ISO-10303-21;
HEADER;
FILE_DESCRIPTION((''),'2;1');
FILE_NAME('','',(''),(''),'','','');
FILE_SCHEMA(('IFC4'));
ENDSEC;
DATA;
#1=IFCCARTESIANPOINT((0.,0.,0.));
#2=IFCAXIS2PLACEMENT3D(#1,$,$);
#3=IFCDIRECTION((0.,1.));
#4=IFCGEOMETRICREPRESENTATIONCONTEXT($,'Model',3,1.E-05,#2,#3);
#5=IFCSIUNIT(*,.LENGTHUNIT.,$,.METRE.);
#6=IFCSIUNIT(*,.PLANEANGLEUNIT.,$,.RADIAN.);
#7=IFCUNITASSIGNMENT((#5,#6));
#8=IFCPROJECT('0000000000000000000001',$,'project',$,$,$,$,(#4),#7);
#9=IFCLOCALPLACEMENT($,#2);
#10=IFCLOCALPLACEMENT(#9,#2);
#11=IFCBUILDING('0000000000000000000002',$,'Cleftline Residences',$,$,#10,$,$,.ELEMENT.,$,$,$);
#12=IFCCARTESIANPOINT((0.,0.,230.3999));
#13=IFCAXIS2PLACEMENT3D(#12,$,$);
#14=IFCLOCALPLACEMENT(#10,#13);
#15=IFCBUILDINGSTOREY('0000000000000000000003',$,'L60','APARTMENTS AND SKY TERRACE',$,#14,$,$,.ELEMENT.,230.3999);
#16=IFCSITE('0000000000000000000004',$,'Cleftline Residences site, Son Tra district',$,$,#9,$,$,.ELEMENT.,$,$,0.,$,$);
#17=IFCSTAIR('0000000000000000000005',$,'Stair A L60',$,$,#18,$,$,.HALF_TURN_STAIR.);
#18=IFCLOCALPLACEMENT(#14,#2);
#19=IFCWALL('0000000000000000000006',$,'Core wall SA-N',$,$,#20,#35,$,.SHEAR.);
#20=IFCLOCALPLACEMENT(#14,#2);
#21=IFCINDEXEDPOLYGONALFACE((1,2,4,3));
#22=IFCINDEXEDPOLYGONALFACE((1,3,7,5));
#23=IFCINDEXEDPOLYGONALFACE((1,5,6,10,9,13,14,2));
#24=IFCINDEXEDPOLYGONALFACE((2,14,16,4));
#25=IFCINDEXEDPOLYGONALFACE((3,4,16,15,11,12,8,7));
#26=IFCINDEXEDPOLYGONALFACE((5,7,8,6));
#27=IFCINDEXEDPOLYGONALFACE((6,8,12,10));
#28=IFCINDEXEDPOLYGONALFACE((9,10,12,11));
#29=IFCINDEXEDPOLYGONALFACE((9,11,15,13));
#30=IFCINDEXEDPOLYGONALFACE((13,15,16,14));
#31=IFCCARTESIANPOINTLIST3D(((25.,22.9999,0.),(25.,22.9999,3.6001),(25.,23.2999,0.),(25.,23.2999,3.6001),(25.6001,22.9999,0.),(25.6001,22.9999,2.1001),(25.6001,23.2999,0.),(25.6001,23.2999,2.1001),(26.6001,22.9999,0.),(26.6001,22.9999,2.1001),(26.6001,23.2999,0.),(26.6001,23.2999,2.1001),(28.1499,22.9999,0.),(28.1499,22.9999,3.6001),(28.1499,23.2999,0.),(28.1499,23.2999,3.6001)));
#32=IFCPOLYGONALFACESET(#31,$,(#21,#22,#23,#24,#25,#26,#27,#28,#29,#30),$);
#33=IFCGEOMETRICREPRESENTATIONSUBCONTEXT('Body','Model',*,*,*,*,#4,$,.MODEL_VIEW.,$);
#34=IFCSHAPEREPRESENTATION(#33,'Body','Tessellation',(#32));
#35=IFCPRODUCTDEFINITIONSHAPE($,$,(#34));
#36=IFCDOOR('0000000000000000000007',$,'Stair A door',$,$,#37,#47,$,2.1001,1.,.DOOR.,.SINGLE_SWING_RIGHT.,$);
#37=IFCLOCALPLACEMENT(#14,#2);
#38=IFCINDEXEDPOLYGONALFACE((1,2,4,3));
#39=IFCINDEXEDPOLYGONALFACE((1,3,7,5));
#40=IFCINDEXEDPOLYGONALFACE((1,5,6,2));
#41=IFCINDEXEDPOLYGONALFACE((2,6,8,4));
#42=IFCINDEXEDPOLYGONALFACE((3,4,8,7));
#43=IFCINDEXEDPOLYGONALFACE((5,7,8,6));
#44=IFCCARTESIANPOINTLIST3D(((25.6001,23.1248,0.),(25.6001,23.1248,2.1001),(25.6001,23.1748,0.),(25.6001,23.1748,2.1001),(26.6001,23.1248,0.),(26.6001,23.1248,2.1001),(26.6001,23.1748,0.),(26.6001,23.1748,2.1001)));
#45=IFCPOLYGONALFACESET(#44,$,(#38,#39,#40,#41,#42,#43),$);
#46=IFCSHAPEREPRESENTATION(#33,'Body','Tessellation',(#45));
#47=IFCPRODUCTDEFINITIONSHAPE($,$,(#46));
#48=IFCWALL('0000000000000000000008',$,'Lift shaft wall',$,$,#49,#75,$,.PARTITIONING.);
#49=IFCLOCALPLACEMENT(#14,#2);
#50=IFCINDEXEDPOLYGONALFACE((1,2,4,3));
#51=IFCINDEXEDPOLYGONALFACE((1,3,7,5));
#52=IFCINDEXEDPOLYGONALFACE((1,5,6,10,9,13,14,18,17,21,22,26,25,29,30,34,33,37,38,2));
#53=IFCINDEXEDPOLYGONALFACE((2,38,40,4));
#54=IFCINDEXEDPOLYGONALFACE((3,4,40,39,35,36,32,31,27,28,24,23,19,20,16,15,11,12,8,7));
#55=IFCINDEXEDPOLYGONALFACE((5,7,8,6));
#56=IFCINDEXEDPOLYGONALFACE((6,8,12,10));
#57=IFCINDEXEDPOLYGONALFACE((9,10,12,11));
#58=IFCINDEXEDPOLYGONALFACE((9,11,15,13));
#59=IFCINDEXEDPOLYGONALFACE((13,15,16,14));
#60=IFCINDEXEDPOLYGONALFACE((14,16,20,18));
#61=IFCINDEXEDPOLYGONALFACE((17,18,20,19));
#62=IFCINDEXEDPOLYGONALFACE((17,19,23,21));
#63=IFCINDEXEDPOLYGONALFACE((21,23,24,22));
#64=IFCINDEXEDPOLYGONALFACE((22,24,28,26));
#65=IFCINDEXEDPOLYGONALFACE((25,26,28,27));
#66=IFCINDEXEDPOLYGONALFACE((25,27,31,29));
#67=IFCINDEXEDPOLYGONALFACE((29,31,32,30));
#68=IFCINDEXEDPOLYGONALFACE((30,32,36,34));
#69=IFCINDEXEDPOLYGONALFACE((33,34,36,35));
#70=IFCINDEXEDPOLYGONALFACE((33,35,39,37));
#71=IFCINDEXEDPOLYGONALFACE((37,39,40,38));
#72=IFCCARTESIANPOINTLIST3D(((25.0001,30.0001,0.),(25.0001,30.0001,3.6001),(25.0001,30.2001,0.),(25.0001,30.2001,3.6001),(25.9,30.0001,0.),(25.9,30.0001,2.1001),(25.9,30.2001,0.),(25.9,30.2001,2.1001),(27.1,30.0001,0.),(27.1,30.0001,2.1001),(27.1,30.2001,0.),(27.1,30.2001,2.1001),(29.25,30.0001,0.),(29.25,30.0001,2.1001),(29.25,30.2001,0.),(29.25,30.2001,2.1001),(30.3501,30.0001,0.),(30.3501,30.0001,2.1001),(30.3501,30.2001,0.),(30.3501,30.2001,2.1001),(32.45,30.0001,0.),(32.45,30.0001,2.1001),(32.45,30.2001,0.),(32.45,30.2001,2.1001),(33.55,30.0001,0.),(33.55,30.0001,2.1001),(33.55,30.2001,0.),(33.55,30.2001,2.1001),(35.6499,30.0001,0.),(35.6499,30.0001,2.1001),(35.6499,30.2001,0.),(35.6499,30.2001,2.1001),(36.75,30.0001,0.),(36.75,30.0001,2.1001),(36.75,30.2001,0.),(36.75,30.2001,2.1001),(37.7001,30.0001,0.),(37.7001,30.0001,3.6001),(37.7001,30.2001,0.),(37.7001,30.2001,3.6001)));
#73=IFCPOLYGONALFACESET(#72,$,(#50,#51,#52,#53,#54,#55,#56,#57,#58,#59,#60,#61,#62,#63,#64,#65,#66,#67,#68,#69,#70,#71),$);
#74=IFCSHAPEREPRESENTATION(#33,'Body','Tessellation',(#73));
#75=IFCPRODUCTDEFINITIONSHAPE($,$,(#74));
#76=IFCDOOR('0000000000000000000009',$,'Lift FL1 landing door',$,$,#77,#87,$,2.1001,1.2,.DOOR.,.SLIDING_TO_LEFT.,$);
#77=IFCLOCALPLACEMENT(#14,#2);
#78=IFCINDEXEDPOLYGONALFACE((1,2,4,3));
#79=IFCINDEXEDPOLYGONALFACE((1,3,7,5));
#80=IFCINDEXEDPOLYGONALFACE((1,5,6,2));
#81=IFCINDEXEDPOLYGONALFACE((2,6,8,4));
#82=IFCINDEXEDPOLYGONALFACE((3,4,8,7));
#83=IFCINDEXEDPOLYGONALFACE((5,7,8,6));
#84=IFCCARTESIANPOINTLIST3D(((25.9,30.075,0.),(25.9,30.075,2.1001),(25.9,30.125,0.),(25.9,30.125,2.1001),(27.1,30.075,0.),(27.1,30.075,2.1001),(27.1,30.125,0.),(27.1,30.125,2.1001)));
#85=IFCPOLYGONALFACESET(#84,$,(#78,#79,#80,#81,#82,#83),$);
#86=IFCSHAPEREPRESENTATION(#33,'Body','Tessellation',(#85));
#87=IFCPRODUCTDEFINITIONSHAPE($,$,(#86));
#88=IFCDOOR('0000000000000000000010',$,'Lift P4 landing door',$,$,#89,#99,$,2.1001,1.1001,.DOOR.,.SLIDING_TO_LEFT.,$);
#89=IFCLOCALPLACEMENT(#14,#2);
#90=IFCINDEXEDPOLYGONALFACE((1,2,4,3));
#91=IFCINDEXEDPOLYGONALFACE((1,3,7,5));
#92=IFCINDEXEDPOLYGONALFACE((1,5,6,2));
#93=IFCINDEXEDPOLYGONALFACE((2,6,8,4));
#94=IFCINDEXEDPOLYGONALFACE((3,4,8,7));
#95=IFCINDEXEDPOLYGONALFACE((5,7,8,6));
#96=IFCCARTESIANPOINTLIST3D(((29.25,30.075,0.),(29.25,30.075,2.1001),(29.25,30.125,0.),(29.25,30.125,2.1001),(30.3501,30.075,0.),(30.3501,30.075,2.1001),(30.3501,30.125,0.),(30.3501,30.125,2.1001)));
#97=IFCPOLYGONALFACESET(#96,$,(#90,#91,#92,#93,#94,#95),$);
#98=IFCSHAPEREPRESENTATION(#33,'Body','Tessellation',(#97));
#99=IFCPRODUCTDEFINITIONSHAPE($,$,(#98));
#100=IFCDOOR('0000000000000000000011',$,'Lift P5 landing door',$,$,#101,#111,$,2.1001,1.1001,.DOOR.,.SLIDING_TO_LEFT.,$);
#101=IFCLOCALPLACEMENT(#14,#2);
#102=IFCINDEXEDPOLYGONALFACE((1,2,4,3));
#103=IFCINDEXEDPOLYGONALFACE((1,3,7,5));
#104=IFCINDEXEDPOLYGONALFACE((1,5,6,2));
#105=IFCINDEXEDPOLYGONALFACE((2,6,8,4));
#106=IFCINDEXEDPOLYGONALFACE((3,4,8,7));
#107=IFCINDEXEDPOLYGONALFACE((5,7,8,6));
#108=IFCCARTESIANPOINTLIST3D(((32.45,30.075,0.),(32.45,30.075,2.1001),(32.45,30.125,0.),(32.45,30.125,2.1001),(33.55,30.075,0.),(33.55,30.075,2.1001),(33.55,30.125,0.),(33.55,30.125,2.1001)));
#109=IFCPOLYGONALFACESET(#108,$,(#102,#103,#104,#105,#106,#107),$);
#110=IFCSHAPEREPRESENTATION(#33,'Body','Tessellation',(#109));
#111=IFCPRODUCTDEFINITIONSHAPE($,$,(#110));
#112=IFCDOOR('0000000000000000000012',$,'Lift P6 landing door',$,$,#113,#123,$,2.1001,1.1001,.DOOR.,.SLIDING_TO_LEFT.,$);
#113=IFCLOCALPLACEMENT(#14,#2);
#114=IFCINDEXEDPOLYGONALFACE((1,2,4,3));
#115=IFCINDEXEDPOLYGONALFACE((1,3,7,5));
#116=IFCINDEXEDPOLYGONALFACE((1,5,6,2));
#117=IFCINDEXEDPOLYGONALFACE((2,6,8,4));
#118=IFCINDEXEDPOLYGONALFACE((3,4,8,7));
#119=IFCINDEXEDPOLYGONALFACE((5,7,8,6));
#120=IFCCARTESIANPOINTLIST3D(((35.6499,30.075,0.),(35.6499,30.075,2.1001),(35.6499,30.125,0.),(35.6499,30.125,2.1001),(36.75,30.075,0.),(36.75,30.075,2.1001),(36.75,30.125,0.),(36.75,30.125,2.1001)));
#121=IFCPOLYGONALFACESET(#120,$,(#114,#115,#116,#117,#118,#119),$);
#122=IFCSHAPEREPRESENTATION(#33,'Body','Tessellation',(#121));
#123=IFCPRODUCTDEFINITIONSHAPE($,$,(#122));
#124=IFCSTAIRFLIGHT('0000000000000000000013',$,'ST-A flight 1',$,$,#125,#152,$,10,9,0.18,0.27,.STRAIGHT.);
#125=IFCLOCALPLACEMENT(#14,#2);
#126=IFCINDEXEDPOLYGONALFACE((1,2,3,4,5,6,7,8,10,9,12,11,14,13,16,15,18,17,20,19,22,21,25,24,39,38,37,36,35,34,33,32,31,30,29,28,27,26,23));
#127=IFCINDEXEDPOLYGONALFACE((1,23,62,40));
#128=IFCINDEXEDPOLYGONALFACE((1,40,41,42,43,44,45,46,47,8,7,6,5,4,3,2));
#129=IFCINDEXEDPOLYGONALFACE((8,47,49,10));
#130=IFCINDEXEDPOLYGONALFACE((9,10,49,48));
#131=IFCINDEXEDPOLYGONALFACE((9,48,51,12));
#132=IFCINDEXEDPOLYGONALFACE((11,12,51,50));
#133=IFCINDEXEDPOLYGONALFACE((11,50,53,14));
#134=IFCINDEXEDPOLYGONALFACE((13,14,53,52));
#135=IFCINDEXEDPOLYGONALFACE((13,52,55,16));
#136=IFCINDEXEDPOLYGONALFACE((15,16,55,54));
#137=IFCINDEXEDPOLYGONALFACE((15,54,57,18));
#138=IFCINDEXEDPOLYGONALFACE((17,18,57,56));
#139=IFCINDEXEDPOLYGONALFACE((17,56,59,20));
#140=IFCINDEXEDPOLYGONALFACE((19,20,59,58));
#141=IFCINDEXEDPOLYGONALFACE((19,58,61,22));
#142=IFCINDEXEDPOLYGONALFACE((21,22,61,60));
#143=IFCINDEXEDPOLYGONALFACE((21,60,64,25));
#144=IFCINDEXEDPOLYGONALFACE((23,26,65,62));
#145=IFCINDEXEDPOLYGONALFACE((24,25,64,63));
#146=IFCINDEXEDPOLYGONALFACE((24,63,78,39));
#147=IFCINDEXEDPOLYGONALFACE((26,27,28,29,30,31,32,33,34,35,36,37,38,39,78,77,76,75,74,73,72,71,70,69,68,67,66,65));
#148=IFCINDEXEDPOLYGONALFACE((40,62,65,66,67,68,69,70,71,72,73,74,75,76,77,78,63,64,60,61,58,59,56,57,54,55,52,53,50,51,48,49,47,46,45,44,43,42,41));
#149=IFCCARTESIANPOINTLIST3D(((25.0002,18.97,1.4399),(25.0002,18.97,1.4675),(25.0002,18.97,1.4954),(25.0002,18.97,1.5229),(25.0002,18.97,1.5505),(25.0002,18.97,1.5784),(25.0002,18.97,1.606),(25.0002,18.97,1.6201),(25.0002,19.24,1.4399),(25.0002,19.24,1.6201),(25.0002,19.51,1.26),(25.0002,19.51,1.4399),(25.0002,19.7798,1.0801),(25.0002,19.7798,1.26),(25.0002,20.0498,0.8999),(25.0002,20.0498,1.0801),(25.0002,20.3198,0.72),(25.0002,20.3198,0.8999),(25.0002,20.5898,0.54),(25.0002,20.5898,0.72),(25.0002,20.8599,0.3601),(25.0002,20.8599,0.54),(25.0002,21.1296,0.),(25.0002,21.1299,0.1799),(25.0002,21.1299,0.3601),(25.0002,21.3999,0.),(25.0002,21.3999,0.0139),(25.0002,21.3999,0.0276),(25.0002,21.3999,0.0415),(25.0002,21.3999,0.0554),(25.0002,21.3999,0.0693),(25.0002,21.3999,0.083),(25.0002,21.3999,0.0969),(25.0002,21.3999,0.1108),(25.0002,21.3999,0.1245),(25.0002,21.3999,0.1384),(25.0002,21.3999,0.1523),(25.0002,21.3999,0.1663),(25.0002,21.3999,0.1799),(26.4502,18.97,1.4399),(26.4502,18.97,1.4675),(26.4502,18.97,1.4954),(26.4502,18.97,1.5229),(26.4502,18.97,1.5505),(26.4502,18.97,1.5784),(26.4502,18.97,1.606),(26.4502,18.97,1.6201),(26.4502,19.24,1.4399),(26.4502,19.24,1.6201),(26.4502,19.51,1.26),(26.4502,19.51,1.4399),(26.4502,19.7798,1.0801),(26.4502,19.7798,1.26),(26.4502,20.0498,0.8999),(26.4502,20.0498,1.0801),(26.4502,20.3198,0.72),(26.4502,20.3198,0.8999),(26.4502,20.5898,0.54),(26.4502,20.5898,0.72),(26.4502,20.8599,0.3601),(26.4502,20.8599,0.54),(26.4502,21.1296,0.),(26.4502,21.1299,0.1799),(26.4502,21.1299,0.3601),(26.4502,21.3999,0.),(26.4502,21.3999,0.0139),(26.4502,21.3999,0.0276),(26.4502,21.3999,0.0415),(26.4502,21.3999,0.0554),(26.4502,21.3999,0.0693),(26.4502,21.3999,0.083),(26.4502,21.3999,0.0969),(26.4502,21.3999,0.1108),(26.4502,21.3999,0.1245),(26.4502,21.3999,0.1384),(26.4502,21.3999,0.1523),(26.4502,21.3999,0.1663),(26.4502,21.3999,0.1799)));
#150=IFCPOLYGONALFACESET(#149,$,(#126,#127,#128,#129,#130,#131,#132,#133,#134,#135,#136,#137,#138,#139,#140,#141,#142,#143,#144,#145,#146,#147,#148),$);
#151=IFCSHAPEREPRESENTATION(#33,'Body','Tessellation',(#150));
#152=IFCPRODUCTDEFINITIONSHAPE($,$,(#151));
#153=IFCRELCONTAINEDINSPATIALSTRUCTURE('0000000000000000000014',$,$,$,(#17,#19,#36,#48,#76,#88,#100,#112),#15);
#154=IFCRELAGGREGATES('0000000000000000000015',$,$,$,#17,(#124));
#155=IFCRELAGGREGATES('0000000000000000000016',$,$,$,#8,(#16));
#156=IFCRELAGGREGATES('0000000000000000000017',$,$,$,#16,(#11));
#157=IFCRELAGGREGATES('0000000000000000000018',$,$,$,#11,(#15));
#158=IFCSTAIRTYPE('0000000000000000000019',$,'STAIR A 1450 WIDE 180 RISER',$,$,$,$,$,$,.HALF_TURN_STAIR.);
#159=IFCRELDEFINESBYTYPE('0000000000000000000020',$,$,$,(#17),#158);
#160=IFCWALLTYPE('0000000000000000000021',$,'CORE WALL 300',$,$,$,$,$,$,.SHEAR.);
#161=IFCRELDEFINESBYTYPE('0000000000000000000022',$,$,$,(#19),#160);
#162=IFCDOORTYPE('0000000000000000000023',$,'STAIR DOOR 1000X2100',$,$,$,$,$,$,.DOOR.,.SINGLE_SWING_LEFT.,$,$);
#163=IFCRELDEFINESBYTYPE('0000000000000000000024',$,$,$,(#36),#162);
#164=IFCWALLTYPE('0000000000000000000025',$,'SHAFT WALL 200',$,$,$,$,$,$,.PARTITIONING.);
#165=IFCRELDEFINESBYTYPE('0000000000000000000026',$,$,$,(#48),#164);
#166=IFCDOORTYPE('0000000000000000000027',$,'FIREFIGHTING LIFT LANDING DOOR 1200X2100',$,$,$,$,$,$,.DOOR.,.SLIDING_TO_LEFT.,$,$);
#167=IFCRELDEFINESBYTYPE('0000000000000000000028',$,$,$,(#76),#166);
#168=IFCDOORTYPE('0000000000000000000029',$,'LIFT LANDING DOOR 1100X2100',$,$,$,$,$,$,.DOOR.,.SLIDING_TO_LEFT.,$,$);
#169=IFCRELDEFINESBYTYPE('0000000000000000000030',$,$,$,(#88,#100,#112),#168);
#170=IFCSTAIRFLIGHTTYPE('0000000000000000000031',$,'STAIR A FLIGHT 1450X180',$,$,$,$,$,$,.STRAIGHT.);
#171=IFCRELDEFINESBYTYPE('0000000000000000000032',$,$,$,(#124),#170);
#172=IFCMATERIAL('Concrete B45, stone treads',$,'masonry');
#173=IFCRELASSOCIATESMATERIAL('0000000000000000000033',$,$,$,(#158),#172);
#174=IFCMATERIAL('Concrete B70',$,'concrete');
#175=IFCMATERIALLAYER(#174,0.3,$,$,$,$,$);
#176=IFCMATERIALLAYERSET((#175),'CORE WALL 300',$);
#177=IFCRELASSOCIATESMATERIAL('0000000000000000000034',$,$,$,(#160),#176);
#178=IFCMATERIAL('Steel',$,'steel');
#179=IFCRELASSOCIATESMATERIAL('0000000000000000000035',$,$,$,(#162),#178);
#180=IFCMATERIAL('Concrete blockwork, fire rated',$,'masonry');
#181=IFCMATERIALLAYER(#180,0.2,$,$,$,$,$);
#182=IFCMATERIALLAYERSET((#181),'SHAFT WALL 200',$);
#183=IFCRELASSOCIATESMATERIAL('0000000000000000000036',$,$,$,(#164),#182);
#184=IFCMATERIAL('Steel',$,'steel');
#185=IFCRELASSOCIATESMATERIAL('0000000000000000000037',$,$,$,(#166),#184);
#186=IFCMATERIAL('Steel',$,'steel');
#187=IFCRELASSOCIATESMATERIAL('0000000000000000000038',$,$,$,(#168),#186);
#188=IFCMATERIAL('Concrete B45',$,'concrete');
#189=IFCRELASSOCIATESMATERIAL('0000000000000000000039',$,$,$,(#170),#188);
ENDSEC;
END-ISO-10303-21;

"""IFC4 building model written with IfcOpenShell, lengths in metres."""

from ifc_helpers import new_model, si_unit, direction, frame, frame_2d, origin, place, context, subcontext, project, spatial, polyline, rectangle, outline, extrude, material, layer, layer_set, type_object, element, fill, aggregate, save


model = new_model("IFC4")

# Units and contexts
model_context = context("Model", 3, precision=1e-05, world=origin(), true_north=direction((0.0, 1.0)))
body_context = subcontext(model_context, "Body", "Model", "MODEL_VIEW")
ifc_project = project(units=[si_unit("LENGTHUNIT", "METRE"), si_unit("PLANEANGLEUNIT", "RADIAN")], contexts=[model_context])

# Site, building, storey
site_placement = place(None, origin())
site = spatial("IfcSite", under=ifc_project, at=site_placement, Name="Cleftline Residences site, Son Tra district", CompositionType="ELEMENT", RefElevation=0.0)
building_placement = place(site_placement, origin())
building = spatial("IfcBuilding", under=site, at=building_placement, Name="Cleftline Residences", CompositionType="ELEMENT")
storey_placement = place(building_placement, frame((0.0, 0.0, 230.3999)))
storey = spatial("IfcBuildingStorey", under=building, at=storey_placement, Name="L60", Description="APARTMENTS AND SKY TERRACE", CompositionType="ELEMENT", Elevation=230.3999)

# Stair
ifc_material_1 = material(Name="Concrete B45, stone treads", Category="masonry")
stair_type_1 = type_object("IfcStairType", Name="STAIR A 1450 WIDE 180 RISER", PredefinedType="HALF_TURN_STAIR", material=ifc_material_1)
stair_1_placement = place(storey_placement, origin())
stair_1 = element("IfcStair", 1, at=stair_1_placement, inside=storey, type_object=stair_type_1, Name="Stair A L60", PredefinedType="HALF_TURN_STAIR")

# Wall, opening, door
ifc_material_2 = material(Name="Concrete B70", Category="concrete")
ifc_layer_1 = layer(ifc_material_2, 0.3)
ifc_layer_set_1 = layer_set([ifc_layer_1], Name="CORE WALL 300")
wall_type_1 = type_object("IfcWallType", Name="CORE WALL 300", PredefinedType="SHEAR", material=ifc_layer_set_1)
wall_1_placement = place(storey_placement, frame((25.0, 23.1499, 0.0), z_axis=(0.0, 0.0, 1.0), x_axis=(1.0, 0.0, 0.0)))
wall_1 = element("IfcWall", 2, at=wall_1_placement, inside=storey, type_object=wall_type_1, Name="Core wall SA-N", PredefinedType="SHEAR", context=body_context, shape_type="SweptSolid", body=[
    extrude(rectangle(XDim=3.1499, YDim=0.3, at=frame_2d((1.575, 0.0))), origin(), (0.0, 0.0, 1.0), 3.6001),
])
opening_1_placement = place(wall_1_placement, frame((0.6001, 0.0, 0.0)))
opening_1 = element("IfcOpeningElement", 3, at=opening_1_placement, cuts=wall_1, PredefinedType="OPENING", context=body_context, shape_type="SweptSolid", body=[
    extrude(rectangle(XDim=1.0, YDim=2.1001, at=frame_2d((0.5, 1.05))), frame((0.0, 0.1599, 0.0), z_axis=(0.0, -1.0, 0.0), x_axis=(1.0, 0.0, 0.0)), (0.0, 0.0, 1.0), 0.3201),
])
ifc_material_3 = material(Name="Steel", Category="steel")
door_type_1 = type_object("IfcDoorType", Name="STAIR DOOR 1000X2100", OperationType="SINGLE_SWING_LEFT", PredefinedType="DOOR", material=ifc_material_3)
door_1_placement = place(opening_1_placement, origin())
door_1 = element("IfcDoor", 4, at=door_1_placement, inside=storey, type_object=door_type_1, Name="Stair A door", OperationType="SINGLE_SWING_RIGHT", OverallHeight=2.1001, OverallWidth=1.0, PredefinedType="DOOR", context=body_context, shape_type="SweptSolid", body=[
    extrude(rectangle(XDim=1.0, YDim=2.1001, at=frame_2d((0.5, 1.05))), frame((0.0, 0.0249, 0.0), z_axis=(0.0, -1.0, 0.0), x_axis=(1.0, 0.0, 0.0)), (0.0, 0.0, 1.0), 0.05),
])
fill(opening_1, door_1)

# Wall, openings, doors
ifc_material_4 = material(Name="Concrete blockwork, fire rated", Category="masonry")
ifc_layer_2 = layer(ifc_material_4, 0.2)
ifc_layer_set_2 = layer_set([ifc_layer_2], Name="SHAFT WALL 200")
wall_type_2 = type_object("IfcWallType", Name="SHAFT WALL 200", PredefinedType="PARTITIONING", material=ifc_layer_set_2)
wall_2_placement = place(storey_placement, frame((25.0, 30.1001, 0.0), z_axis=(0.0, 0.0, 1.0), x_axis=(1.0, 0.0, 0.0)))
wall_2 = element("IfcWall", 5, at=wall_2_placement, inside=storey, type_object=wall_type_2, Name="Lift shaft wall", PredefinedType="PARTITIONING", context=body_context, shape_type="SweptSolid", body=[
    extrude(rectangle(XDim=12.7, YDim=0.2, at=frame_2d((6.3501, 0.0))), origin(), (0.0, 0.0, 1.0), 3.6001),
])
opening_2_placement = place(wall_2_placement, frame((4.25, 0.0, 0.0)))
opening_2 = element("IfcOpeningElement", 6, at=opening_2_placement, cuts=wall_2, PredefinedType="OPENING", context=body_context, shape_type="SweptSolid", body=[
    extrude(rectangle(XDim=1.1001, YDim=2.1001, at=frame_2d((0.55, 1.05))), frame((0.0, 0.1099, 0.0), z_axis=(0.0, -1.0, 0.0), x_axis=(1.0, 0.0, 0.0)), (0.0, 0.0, 1.0), 0.22),
])
opening_3_placement = place(wall_2_placement, frame((7.45, 0.0, 0.0)))
opening_3 = element("IfcOpeningElement", 7, at=opening_3_placement, cuts=wall_2, PredefinedType="OPENING", context=body_context, shape_type="SweptSolid", body=[
    extrude(rectangle(XDim=1.1001, YDim=2.1001, at=frame_2d((0.55, 1.05))), frame((0.0, 0.1099, 0.0), z_axis=(0.0, -1.0, 0.0), x_axis=(1.0, 0.0, 0.0)), (0.0, 0.0, 1.0), 0.22),
])
opening_4_placement = place(wall_2_placement, frame((10.6499, 0.0, 0.0)))
opening_4 = element("IfcOpeningElement", 8, at=opening_4_placement, cuts=wall_2, PredefinedType="OPENING", context=body_context, shape_type="SweptSolid", body=[
    extrude(rectangle(XDim=1.1001, YDim=2.1001, at=frame_2d((0.55, 1.05))), frame((0.0, 0.1099, 0.0), z_axis=(0.0, -1.0, 0.0), x_axis=(1.0, 0.0, 0.0)), (0.0, 0.0, 1.0), 0.22),
])
opening_5_placement = place(wall_2_placement, frame((0.8999, 0.0, 0.0)))
opening_5 = element("IfcOpeningElement", 9, at=opening_5_placement, cuts=wall_2, PredefinedType="OPENING", context=body_context, shape_type="SweptSolid", body=[
    extrude(rectangle(XDim=1.2, YDim=2.1001, at=frame_2d((0.6001, 1.05))), frame((0.0, 0.1099, 0.0), z_axis=(0.0, -1.0, 0.0), x_axis=(1.0, 0.0, 0.0)), (0.0, 0.0, 1.0), 0.22),
])
ifc_material_5 = material(Name="Steel", Category="steel")
door_type_2 = type_object("IfcDoorType", Name="FIREFIGHTING LIFT LANDING DOOR 1200X2100", OperationType="SLIDING_TO_LEFT", PredefinedType="DOOR", material=ifc_material_5)
door_2_placement = place(opening_5_placement, origin())
door_2 = element("IfcDoor", 10, at=door_2_placement, inside=storey, type_object=door_type_2, Name="Lift FL1 landing door", OperationType="SLIDING_TO_LEFT", OverallHeight=2.1001, OverallWidth=1.2, PredefinedType="DOOR", context=body_context, shape_type="SweptSolid", body=[
    extrude(rectangle(XDim=1.2, YDim=2.1001, at=frame_2d((0.6001, 1.05))), frame((0.0, 0.0249, 0.0), z_axis=(0.0, -1.0, 0.0), x_axis=(1.0, 0.0, 0.0)), (0.0, 0.0, 1.0), 0.05),
])
fill(opening_5, door_2)
ifc_material_6 = material(Name="Steel", Category="steel")
door_type_3 = type_object("IfcDoorType", Name="LIFT LANDING DOOR 1100X2100", OperationType="SLIDING_TO_LEFT", PredefinedType="DOOR", material=ifc_material_6)
door_3_placement = place(opening_2_placement, origin())
door_3 = element("IfcDoor", 11, at=door_3_placement, inside=storey, type_object=door_type_3, Name="Lift P4 landing door", OperationType="SLIDING_TO_LEFT", OverallHeight=2.1001, OverallWidth=1.1001, PredefinedType="DOOR", context=body_context, shape_type="SweptSolid", body=[
    extrude(rectangle(XDim=1.1001, YDim=2.1001, at=frame_2d((0.55, 1.05))), frame((0.0, 0.0249, 0.0), z_axis=(0.0, -1.0, 0.0), x_axis=(1.0, 0.0, 0.0)), (0.0, 0.0, 1.0), 0.05),
])
fill(opening_2, door_3)
door_4_placement = place(opening_3_placement, origin())
door_4 = element("IfcDoor", 12, at=door_4_placement, inside=storey, type_object=door_type_3, Name="Lift P5 landing door", OperationType="SLIDING_TO_LEFT", OverallHeight=2.1001, OverallWidth=1.1001, PredefinedType="DOOR", context=body_context, shape_type="SweptSolid", body=[
    extrude(rectangle(XDim=1.1001, YDim=2.1001, at=frame_2d((0.55, 1.05))), frame((0.0, 0.0249, 0.0), z_axis=(0.0, -1.0, 0.0), x_axis=(1.0, 0.0, 0.0)), (0.0, 0.0, 1.0), 0.05),
])
fill(opening_3, door_4)
door_5_placement = place(opening_4_placement, origin())
door_5 = element("IfcDoor", 13, at=door_5_placement, inside=storey, type_object=door_type_3, Name="Lift P6 landing door", OperationType="SLIDING_TO_LEFT", OverallHeight=2.1001, OverallWidth=1.1001, PredefinedType="DOOR", context=body_context, shape_type="SweptSolid", body=[
    extrude(rectangle(XDim=1.1001, YDim=2.1001, at=frame_2d((0.55, 1.05))), frame((0.0, 0.0249, 0.0), z_axis=(0.0, -1.0, 0.0), x_axis=(1.0, 0.0, 0.0)), (0.0, 0.0, 1.0), 0.05),
])
fill(opening_4, door_5)

# Stair flight
ifc_material_7 = material(Name="Concrete B45", Category="concrete")
stair_flight_type = type_object("IfcStairFlightType", Name="STAIR A FLIGHT 1450X180", PredefinedType="STRAIGHT", material=ifc_material_7)
stair_flight_1_placement = place(storey_placement, frame((25.7251, 21.3999, 0.0), z_axis=(0.0, 0.0, 1.0), x_axis=(0.0, -1.0, 0.0)))
stair_flight_1 = element("IfcStairFlight", 14, at=stair_flight_1_placement, type_object=stair_flight_type, Name="ST-A flight 1", NumberOfRisers=10, NumberOfTreads=9, PredefinedType="STRAIGHT", RiserHeight=0.18, TreadLength=0.27, context=body_context, shape_type="SweptSolid", body=[
    extrude(outline(polyline([(0.0, 0.0), (0.0, 0.0139), (0.0, 0.0276), (0.0, 0.0415), (0.0, 0.0554), (0.0, 0.0693), (0.0, 0.083), (0.0, 0.0969), (0.0, 0.1108), (0.0, 0.1245), (0.0, 0.1384), (0.0, 0.1523), (0.0, 0.1663), (0.0, 0.1799), (0.27, 0.1799), (0.27, 0.3601), (0.54, 0.3601), (0.54, 0.54), (0.8101, 0.54), (0.8101, 0.72), (1.0801, 0.72), (1.0801, 0.8999), (1.3501, 0.8999), (1.3501, 1.0801), (1.6201, 1.0801), (1.6201, 1.26), (1.8899, 1.26), (1.8899, 1.4399), (2.1599, 1.4399), (2.1599, 1.6201), (2.4299, 1.6201), (2.4299, 1.8), (2.4299, 1.7722), (2.4299, 1.7446), (2.4299, 1.7168), (2.4299, 1.6892), (2.4299, 1.6614), (2.4299, 1.6338), (2.4299, 1.606), (2.4299, 1.5784), (2.4299, 1.5505), (2.4299, 1.5229), (2.4299, 1.4954), (2.4299, 1.4675), (2.4299, 1.4399), (0.2703, 0.0), (0.0, 0.0)])), frame((0.0, 0.7251, 0.0), z_axis=(0.0, -1.0, 0.0), x_axis=(1.0, 0.0, 0.0)), (0.0, 0.0, 1.0), 1.45),
])
aggregate(stair_1, [stair_flight_1])

save(model, "model.ifc")
